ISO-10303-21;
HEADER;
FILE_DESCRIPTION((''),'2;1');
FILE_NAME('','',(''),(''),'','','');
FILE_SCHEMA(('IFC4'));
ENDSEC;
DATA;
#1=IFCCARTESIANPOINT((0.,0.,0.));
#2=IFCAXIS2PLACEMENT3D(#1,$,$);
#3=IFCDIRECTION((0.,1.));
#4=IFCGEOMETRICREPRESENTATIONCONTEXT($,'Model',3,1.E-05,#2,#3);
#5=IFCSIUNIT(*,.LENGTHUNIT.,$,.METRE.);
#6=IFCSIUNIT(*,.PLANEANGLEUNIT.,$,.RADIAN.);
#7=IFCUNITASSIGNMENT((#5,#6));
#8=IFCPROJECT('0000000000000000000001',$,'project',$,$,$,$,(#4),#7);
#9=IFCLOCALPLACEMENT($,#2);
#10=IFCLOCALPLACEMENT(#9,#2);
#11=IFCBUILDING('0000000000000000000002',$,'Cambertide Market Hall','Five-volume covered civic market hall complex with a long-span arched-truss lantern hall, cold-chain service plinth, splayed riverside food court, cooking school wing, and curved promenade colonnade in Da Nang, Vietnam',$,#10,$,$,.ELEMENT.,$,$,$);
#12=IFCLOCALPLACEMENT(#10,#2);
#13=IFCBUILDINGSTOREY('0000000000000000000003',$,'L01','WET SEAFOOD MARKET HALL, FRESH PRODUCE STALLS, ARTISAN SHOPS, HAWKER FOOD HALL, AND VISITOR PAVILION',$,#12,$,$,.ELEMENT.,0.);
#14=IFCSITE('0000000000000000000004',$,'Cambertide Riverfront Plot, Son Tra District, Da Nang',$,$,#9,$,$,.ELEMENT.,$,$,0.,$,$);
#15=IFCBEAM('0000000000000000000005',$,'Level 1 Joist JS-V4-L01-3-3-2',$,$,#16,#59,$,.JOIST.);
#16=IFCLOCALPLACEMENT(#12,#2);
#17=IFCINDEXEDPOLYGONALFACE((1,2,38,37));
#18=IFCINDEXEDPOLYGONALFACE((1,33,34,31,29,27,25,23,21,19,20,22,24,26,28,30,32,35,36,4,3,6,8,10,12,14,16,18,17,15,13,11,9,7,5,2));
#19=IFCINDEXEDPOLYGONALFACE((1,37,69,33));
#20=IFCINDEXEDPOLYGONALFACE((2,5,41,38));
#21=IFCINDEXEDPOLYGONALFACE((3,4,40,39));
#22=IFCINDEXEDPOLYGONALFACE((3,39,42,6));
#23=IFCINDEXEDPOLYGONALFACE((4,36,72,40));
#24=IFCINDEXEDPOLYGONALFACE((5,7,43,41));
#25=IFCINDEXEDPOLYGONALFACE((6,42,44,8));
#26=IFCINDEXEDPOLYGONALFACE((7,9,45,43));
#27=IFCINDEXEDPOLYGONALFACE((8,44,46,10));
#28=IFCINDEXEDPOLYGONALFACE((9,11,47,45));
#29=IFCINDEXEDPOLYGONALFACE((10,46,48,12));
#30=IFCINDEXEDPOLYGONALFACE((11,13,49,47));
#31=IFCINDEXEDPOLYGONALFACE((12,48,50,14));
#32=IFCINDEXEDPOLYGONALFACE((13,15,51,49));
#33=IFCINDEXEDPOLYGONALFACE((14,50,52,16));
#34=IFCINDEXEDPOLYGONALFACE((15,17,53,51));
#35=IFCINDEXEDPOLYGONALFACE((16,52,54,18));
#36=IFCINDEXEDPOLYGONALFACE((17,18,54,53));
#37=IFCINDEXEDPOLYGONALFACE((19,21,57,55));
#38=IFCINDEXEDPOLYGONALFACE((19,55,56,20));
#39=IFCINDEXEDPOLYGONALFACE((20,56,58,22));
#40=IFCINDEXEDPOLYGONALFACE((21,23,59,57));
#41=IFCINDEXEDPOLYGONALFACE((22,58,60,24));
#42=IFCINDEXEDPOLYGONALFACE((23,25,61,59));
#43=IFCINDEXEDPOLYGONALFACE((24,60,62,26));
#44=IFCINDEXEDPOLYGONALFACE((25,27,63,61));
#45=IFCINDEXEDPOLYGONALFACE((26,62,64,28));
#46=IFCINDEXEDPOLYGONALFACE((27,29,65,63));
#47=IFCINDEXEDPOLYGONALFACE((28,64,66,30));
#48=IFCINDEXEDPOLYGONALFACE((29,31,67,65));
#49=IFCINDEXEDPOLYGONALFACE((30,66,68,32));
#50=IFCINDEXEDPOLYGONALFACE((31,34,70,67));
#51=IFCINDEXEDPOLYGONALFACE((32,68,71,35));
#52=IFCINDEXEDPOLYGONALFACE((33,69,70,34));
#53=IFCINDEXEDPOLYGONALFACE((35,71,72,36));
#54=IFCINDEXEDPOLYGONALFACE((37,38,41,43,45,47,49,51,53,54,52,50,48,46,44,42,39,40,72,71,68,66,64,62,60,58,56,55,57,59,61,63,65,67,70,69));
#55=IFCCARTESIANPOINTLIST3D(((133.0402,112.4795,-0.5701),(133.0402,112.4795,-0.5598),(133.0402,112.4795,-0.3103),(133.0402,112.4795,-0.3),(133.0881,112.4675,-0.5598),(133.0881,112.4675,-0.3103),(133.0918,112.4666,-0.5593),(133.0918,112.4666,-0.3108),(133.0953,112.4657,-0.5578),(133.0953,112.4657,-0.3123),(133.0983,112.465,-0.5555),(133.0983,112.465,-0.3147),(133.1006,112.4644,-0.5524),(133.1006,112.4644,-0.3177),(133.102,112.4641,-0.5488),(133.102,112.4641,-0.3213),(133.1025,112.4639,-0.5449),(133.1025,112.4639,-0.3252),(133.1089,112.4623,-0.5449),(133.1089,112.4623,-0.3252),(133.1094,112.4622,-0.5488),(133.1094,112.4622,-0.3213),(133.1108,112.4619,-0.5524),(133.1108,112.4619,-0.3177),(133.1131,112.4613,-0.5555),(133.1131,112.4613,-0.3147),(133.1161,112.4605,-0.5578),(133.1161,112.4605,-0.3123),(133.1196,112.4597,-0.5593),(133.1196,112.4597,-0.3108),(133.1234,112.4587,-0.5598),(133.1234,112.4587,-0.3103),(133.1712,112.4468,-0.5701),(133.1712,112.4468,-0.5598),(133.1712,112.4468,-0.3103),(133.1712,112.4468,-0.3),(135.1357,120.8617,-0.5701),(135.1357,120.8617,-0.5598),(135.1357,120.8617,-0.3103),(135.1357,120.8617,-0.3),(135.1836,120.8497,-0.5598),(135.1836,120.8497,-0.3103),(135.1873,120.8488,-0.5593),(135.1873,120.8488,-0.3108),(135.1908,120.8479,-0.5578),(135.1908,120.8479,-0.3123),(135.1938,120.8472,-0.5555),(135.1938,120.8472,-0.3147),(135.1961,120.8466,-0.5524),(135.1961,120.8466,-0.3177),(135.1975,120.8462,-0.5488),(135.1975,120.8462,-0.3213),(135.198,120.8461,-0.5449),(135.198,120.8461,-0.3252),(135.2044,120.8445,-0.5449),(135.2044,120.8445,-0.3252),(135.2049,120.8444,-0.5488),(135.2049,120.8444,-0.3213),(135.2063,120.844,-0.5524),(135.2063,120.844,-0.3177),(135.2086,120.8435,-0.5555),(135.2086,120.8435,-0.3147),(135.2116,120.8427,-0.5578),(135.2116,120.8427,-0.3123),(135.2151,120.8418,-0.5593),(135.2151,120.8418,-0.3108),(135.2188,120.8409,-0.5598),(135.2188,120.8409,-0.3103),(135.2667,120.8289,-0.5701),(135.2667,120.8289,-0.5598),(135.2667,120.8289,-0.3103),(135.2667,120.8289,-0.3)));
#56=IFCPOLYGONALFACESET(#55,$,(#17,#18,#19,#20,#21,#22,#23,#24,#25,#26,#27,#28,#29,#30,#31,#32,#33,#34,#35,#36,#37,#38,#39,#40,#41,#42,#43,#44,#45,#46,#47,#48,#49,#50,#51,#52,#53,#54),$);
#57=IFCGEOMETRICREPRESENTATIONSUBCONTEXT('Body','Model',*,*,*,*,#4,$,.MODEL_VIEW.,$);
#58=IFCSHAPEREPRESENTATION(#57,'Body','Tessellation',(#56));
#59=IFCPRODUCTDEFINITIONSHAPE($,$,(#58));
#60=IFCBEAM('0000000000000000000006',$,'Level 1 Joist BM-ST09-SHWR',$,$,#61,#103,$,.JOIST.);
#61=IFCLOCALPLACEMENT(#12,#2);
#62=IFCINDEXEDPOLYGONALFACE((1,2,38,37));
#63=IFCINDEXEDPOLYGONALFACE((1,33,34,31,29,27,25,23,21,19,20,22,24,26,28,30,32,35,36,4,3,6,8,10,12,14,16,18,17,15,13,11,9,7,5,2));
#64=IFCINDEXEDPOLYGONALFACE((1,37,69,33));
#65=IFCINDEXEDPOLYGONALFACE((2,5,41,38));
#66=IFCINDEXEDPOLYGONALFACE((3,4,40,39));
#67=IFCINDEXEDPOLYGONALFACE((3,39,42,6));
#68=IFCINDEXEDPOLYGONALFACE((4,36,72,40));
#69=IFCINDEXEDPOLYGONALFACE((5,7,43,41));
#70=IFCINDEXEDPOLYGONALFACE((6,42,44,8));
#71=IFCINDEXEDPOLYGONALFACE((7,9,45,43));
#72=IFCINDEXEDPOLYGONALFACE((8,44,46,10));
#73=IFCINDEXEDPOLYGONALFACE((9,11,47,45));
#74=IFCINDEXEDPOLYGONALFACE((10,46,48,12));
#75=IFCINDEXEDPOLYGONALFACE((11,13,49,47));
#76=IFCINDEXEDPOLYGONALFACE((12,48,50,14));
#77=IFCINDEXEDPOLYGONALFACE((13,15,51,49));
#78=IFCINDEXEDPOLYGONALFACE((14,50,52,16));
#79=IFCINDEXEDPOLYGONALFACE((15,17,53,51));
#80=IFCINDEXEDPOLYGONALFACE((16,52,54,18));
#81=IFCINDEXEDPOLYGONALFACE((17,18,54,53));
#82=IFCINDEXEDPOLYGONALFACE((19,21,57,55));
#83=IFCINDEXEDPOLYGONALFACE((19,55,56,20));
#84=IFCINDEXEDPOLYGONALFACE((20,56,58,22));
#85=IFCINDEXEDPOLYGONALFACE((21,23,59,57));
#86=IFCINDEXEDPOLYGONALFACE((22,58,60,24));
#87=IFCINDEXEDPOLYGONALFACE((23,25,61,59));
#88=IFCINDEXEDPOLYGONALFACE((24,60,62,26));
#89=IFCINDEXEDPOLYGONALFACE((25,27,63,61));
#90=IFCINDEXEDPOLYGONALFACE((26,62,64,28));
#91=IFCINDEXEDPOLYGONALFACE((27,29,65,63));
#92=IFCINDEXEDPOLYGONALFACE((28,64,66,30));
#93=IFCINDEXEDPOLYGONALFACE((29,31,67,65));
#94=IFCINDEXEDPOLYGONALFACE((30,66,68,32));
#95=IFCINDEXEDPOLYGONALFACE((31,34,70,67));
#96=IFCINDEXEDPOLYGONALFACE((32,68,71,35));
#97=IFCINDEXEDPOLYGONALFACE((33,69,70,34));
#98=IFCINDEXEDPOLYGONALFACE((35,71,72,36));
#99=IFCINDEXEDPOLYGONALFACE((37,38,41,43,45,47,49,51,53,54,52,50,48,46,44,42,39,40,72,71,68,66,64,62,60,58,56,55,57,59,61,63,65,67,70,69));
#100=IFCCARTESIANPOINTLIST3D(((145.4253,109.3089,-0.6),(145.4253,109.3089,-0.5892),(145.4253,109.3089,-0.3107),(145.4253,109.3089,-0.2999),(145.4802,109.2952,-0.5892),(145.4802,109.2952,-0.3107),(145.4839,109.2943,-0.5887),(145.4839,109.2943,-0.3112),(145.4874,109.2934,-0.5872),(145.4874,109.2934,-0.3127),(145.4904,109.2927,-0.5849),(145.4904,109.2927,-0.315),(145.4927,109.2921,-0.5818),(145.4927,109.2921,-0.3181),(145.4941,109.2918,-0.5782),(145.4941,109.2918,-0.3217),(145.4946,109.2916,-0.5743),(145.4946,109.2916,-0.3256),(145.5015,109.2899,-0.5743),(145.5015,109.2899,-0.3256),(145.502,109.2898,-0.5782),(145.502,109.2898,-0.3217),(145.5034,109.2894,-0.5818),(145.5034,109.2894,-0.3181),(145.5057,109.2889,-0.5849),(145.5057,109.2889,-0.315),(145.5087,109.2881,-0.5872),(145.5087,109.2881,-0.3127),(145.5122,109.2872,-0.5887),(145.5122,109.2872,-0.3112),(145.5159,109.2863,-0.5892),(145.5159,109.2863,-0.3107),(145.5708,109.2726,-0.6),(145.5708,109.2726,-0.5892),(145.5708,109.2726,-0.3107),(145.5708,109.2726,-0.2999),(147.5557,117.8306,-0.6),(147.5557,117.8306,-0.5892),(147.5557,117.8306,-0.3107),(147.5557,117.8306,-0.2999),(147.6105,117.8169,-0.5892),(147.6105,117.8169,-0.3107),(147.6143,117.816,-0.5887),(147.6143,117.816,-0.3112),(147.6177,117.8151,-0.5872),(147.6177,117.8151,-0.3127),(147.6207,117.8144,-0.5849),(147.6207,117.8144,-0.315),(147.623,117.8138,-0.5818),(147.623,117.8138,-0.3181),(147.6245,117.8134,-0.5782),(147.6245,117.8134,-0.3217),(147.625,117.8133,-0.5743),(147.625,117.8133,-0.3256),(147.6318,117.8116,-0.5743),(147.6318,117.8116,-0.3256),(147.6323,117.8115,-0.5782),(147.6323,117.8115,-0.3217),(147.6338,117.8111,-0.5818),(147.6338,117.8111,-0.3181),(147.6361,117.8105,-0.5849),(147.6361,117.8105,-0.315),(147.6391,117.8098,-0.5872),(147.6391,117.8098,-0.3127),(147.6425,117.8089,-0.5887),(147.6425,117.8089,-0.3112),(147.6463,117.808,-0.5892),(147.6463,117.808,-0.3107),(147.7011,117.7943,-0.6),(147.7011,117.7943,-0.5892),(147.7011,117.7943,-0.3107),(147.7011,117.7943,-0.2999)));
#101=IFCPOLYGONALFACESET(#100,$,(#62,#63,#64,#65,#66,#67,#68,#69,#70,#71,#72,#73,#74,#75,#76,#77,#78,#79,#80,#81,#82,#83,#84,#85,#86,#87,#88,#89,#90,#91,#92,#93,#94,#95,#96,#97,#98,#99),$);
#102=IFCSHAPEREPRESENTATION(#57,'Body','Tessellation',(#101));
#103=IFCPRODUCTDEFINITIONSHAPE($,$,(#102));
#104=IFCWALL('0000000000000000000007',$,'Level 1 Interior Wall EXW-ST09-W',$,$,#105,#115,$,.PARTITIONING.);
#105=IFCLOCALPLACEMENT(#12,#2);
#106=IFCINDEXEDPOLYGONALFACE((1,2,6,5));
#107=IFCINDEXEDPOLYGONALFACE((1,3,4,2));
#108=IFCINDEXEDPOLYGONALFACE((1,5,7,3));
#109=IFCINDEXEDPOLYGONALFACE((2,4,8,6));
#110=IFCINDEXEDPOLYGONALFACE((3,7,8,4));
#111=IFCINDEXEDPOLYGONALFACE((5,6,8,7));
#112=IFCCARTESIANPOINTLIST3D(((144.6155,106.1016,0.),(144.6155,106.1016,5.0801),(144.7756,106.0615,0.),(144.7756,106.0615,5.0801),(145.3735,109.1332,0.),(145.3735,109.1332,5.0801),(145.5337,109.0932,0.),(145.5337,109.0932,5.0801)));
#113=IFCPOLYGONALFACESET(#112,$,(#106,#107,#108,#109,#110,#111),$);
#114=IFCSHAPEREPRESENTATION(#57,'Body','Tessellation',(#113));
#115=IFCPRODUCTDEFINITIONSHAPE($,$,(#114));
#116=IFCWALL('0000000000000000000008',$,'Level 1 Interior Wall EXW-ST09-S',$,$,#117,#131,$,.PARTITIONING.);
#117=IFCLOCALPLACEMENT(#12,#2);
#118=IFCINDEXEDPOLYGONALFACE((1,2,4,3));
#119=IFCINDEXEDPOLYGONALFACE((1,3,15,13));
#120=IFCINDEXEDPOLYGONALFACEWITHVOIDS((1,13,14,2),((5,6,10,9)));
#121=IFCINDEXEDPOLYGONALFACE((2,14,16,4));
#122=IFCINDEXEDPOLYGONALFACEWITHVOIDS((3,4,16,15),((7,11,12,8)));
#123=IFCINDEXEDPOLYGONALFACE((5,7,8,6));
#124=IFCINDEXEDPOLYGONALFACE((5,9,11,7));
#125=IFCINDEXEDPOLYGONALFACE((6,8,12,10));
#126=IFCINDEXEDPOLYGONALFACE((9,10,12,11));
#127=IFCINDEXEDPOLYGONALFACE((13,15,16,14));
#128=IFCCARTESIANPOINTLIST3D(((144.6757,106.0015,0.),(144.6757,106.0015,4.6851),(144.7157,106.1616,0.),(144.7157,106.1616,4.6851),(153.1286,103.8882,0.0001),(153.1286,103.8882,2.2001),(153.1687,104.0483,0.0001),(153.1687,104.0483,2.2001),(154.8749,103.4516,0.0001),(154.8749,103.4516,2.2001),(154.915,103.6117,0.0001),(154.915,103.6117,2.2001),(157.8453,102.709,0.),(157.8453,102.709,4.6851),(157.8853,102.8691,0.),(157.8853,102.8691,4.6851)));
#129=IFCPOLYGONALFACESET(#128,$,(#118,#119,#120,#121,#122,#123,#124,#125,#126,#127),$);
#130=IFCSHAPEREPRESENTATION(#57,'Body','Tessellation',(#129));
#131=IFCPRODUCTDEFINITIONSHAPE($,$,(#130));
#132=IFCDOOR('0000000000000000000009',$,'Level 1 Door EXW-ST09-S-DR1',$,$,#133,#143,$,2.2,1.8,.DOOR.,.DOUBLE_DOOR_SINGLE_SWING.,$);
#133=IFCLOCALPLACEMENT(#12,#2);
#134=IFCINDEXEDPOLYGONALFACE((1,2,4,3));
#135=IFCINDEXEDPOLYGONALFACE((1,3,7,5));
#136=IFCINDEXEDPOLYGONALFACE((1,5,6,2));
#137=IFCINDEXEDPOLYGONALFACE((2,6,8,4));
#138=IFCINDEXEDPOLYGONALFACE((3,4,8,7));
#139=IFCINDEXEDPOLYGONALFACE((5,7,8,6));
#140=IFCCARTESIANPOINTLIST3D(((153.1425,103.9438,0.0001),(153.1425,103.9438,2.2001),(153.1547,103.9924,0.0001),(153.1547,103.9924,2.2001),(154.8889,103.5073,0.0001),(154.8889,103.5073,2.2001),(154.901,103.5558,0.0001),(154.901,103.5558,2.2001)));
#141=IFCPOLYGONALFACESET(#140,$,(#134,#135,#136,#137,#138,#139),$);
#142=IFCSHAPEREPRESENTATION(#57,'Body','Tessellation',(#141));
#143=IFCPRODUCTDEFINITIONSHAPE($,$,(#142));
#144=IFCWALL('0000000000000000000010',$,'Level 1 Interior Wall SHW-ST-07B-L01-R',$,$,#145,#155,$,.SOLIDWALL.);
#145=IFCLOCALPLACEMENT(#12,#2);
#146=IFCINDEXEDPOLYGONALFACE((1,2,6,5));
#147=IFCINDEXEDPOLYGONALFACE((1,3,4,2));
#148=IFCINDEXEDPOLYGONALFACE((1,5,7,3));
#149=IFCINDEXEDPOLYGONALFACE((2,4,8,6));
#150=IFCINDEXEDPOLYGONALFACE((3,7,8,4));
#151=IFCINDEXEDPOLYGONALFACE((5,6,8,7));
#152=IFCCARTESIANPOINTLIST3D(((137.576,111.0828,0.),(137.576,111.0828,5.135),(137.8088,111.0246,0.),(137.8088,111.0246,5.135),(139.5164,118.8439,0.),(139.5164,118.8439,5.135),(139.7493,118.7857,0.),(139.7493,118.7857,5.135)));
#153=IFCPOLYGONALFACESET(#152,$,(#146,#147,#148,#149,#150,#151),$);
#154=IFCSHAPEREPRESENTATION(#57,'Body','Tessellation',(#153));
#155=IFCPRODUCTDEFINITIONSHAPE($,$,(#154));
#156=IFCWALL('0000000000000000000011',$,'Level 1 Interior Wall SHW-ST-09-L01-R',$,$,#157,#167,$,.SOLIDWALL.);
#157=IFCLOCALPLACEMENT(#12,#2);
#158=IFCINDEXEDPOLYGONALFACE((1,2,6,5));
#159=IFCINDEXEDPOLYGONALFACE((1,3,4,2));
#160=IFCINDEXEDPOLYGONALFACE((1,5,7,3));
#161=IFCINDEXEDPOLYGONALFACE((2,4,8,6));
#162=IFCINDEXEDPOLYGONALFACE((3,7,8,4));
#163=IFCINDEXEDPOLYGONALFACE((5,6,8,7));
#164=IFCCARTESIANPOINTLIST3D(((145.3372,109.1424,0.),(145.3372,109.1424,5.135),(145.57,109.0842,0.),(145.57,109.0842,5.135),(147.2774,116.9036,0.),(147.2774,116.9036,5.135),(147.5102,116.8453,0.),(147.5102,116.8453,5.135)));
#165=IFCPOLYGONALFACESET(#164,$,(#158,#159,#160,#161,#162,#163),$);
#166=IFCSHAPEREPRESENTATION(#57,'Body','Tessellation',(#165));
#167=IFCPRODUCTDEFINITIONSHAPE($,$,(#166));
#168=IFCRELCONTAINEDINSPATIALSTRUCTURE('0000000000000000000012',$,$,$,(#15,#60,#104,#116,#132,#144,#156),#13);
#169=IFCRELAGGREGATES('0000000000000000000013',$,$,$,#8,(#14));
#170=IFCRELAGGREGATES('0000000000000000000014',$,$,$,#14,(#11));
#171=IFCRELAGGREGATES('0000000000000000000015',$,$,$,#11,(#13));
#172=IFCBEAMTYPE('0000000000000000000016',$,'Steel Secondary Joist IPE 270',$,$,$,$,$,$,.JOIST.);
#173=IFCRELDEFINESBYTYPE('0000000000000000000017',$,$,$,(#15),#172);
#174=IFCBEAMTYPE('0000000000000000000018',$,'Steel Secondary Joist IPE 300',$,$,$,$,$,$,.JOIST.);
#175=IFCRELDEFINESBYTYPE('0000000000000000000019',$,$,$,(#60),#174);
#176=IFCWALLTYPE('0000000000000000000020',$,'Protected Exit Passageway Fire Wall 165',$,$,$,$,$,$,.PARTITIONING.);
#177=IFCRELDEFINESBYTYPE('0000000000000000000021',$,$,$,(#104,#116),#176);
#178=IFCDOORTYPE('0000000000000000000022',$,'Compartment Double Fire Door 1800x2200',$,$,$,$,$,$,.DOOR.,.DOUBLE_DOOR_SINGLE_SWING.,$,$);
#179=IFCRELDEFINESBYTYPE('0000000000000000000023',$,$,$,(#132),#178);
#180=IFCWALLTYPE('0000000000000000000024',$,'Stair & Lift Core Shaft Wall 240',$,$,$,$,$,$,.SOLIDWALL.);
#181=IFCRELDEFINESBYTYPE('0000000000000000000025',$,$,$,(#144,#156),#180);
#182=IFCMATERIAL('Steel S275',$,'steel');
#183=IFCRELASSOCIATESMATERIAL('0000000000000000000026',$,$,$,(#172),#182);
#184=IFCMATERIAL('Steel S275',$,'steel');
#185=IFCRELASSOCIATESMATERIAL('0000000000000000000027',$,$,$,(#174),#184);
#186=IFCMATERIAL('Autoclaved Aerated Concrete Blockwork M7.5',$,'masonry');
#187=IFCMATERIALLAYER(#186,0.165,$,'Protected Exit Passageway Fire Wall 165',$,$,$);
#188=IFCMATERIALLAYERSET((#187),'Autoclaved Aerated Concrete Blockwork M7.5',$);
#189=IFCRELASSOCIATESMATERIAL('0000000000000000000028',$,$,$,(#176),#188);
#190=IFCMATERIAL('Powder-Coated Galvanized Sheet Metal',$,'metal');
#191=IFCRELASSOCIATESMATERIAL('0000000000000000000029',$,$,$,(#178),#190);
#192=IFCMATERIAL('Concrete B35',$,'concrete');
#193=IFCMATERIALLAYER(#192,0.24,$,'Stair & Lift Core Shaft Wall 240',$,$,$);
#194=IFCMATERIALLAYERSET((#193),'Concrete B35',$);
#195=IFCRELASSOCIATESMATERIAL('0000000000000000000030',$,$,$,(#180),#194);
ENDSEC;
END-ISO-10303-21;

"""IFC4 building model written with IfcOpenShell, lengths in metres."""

from ifc_helpers import new_model, si_unit, direction, frame, frame_2d, origin, origin_2d, place, context, subcontext, project, spatial, rectangle, i_section, extrude, material, layer, layer_set, material_profile, profile_set, type_object, element, fill, save


model = new_model("IFC4")

# Units and contexts
model_context = context("Model", 3, precision=1e-05, world=origin(), true_north=direction((0.0, 1.0)))
body_context = subcontext(model_context, "Body", "Model", "MODEL_VIEW")
ifc_project = project(units=[si_unit("LENGTHUNIT", "METRE"), si_unit("PLANEANGLEUNIT", "RADIAN")], contexts=[model_context])

# Site, building, storey
site_placement = place(None, origin())
site = spatial("IfcSite", under=ifc_project, at=site_placement, Name="Cambertide Riverfront Plot, Son Tra District, Da Nang", CompositionType="ELEMENT", RefElevation=0.0)
building_placement = place(site_placement, origin())
building = spatial("IfcBuilding", under=site, at=building_placement, Name="Cambertide Market Hall", Description="Five-volume covered civic market hall complex with a long-span arched-truss lantern hall, cold-chain service plinth, splayed riverside food court, cooking school wing, and curved promenade colonnade in Da Nang, Vietnam", CompositionType="ELEMENT")
storey_placement = place(building_placement, origin())
storey = spatial("IfcBuildingStorey", under=building, at=storey_placement, Name="L01", Description="WET SEAFOOD MARKET HALL, FRESH PRODUCE STALLS, ARTISAN SHOPS, HAWKER FOOD HALL, AND VISITOR PAVILION", CompositionType="ELEMENT", Elevation=0.0)

# Beams
ifc_material_1 = material(Name="Steel S275", Category="steel")
ifc_material_profile_1 = material_profile(ifc_material_1, i_section(OverallWidth=0.135, OverallDepth=0.27, WebThickness=0.0066, FlangeThickness=0.0103, FilletRadius=0.0149, at=origin_2d()), Name="IPE 270")
ifc_profile_set_1 = profile_set([ifc_material_profile_1], Name="Steel S275")
beam_type_1 = type_object("IfcBeamType", Name="Steel Secondary Joist IPE 270", PredefinedType="JOIST", material=ifc_profile_set_1)
for number, where, z_axis, x_axis, name in (
    (1, (133.1057, 112.4631, -0.4351), (0.242529, 0.970144, 0.0), (-0.970144, 0.242529, 0.0), "Level 1 Joist JS-V4-L01-3-3-2"),
):
    element("IfcBeam", number, at=place(storey_placement, frame(where, z_axis=z_axis, x_axis=x_axis)), inside=storey, type_object=beam_type_1, Name=name, PredefinedType="JOIST", context=body_context, shape_type="SweptSolid", body=[
        extrude(i_section(OverallWidth=0.135, OverallDepth=0.27, WebThickness=0.0066, FlangeThickness=0.0103, FilletRadius=0.0149, at=origin_2d()), origin(), (0.0, 0.0, 1.0), 8.6401),
    ])
ifc_material_2 = material(Name="Steel S275", Category="steel")
ifc_material_profile_2 = material_profile(ifc_material_2, i_section(OverallWidth=0.1499, OverallDepth=0.3, WebThickness=0.0071, FlangeThickness=0.0107, FilletRadius=0.0149, at=origin_2d()), Name="IPE 300")
ifc_profile_set_2 = profile_set([ifc_material_profile_2], Name="Steel S275")
beam_type_2 = type_object("IfcBeamType", Name="Steel Secondary Joist IPE 300", PredefinedType="JOIST", material=ifc_profile_set_2)
beam_1_placement = place(storey_placement, frame((145.498, 109.2908, -0.45), z_axis=(0.242529, 0.970144, 0.0), x_axis=(-0.970144, 0.242529, 0.0)))
element("IfcBeam", 2, at=beam_1_placement, inside=storey, type_object=beam_type_2, Name="Level 1 Joist BM-ST09-SHWR", PredefinedType="JOIST", context=body_context, shape_type="SweptSolid", body=[
    extrude(i_section(OverallWidth=0.1499, OverallDepth=0.3, WebThickness=0.0071, FlangeThickness=0.0107, FilletRadius=0.0149, at=origin_2d()), origin(), (0.0, 0.0, 1.0), 8.7839),
])

# Wall
ifc_material_3 = material(Name="Autoclaved Aerated Concrete Blockwork M7.5", Category="masonry")
ifc_layer_1 = layer(ifc_material_3, 0.165, Name="Protected Exit Passageway Fire Wall 165")
ifc_layer_set_1 = layer_set([ifc_layer_1], Name="Autoclaved Aerated Concrete Blockwork M7.5")
wall_type_1 = type_object("IfcWallType", Name="Protected Exit Passageway Fire Wall 165", PredefinedType="PARTITIONING", material=ifc_layer_set_1)
wall_1_placement = place(storey_placement, frame((144.6956, 106.0815, 0.0), z_axis=(0.0, 0.0, 1.0), x_axis=(0.242572, 0.970133, 0.0)))
element("IfcWall", 3, at=wall_1_placement, inside=storey, type_object=wall_type_1, Name="Level 1 Interior Wall EXW-ST09-W", PredefinedType="PARTITIONING", context=body_context, shape_type="SweptSolid", body=[
    extrude(rectangle(XDim=3.125, YDim=0.165, at=frame_2d((1.5625, 0.0))), origin(), (0.0, 0.0, 1.0), 5.0801),
])

# Wall, opening, door
wall_2_placement = place(storey_placement, frame((144.6956, 106.0815, 0.0), z_axis=(0.0, 0.0, 1.0), x_axis=(0.970141, -0.24254, 0.0)))
wall_2 = element("IfcWall", 4, at=wall_2_placement, inside=storey, type_object=wall_type_1, Name="Level 1 Interior Wall EXW-ST09-S", PredefinedType="PARTITIONING", context=body_context, shape_type="SweptSolid", body=[
    extrude(rectangle(XDim=13.575, YDim=0.165, at=frame_2d((6.7876, 0.0))), origin(), (0.0, 0.0, 1.0), 4.6851),
])
opening_1_placement = place(wall_2_placement, frame((8.7134, 0.0, 0.0)))
opening_1 = element("IfcOpeningElement", 5, at=opening_1_placement, cuts=wall_2, PredefinedType="OPENING", context=body_context, shape_type="SweptSolid", body=[
    extrude(rectangle(XDim=1.8, YDim=2.2, at=frame_2d((0.8999, 1.1001))), frame((0.0, 0.0925, 0.0), z_axis=(0.0, -1.0, 0.0), x_axis=(1.0, 0.0, 0.0)), (0.0, 0.0, 1.0), 0.1851),
])
ifc_material_4 = material(Name="Powder-Coated Galvanized Sheet Metal", Category="metal")
door_type_1 = type_object("IfcDoorType", Name="Compartment Double Fire Door 1800x2200", OperationType="DOUBLE_DOOR_SINGLE_SWING", PredefinedType="DOOR", material=ifc_material_4)
door_1_placement = place(opening_1_placement, origin())
door_1 = element("IfcDoor", 6, at=door_1_placement, inside=storey, type_object=door_type_1, Name="Level 1 Door EXW-ST09-S-DR1", OperationType="DOUBLE_DOOR_SINGLE_SWING", OverallHeight=2.2, OverallWidth=1.8, PredefinedType="DOOR", context=body_context, shape_type="SweptSolid", body=[
    extrude(rectangle(XDim=1.8, YDim=2.2, at=frame_2d((0.8999, 1.1001))), frame((0.0, 0.0249, 0.0), z_axis=(0.0, -1.0, 0.0), x_axis=(1.0, 0.0, 0.0)), (0.0, 0.0, 1.0), 0.05),
])
fill(opening_1, door_1)
ifc_material_5 = material(Name="Concrete B35", Category="concrete")
ifc_layer_2 = layer(ifc_material_5, 0.24, Name="Stair & Lift Core Shaft Wall 240")
ifc_layer_set_2 = layer_set([ifc_layer_2], Name="Concrete B35")
wall_type_2 = type_object("IfcWallType", Name="Stair & Lift Core Shaft Wall 240", PredefinedType="SOLIDWALL", material=ifc_layer_set_2)

# Walls
for number, where, z_axis, x_axis, name in (
    (7, (137.6924, 111.0537, 0.0), (0.0, 0.0, 1.0), (0.242557, 0.970137, 0.0), "Level 1 Interior Wall SHW-ST-07B-L01-R"),
    (8, (145.4536, 109.1133, 0.0), (0.0, 0.0, 1.0), (0.242521, 0.970146, 0.0), "Level 1 Interior Wall SHW-ST-09-L01-R"),
):
    element("IfcWall", number, at=place(storey_placement, frame(where, z_axis=z_axis, x_axis=x_axis)), inside=storey, type_object=wall_type_2, Name=name, PredefinedType="SOLIDWALL", context=body_context, shape_type="SweptSolid", body=[
        extrude(rectangle(XDim=8.0, YDim=0.24, at=frame_2d((4.0, 0.0))), origin(), (0.0, 0.0, 1.0), 5.135),
    ])

save(model, "model.ifc")
